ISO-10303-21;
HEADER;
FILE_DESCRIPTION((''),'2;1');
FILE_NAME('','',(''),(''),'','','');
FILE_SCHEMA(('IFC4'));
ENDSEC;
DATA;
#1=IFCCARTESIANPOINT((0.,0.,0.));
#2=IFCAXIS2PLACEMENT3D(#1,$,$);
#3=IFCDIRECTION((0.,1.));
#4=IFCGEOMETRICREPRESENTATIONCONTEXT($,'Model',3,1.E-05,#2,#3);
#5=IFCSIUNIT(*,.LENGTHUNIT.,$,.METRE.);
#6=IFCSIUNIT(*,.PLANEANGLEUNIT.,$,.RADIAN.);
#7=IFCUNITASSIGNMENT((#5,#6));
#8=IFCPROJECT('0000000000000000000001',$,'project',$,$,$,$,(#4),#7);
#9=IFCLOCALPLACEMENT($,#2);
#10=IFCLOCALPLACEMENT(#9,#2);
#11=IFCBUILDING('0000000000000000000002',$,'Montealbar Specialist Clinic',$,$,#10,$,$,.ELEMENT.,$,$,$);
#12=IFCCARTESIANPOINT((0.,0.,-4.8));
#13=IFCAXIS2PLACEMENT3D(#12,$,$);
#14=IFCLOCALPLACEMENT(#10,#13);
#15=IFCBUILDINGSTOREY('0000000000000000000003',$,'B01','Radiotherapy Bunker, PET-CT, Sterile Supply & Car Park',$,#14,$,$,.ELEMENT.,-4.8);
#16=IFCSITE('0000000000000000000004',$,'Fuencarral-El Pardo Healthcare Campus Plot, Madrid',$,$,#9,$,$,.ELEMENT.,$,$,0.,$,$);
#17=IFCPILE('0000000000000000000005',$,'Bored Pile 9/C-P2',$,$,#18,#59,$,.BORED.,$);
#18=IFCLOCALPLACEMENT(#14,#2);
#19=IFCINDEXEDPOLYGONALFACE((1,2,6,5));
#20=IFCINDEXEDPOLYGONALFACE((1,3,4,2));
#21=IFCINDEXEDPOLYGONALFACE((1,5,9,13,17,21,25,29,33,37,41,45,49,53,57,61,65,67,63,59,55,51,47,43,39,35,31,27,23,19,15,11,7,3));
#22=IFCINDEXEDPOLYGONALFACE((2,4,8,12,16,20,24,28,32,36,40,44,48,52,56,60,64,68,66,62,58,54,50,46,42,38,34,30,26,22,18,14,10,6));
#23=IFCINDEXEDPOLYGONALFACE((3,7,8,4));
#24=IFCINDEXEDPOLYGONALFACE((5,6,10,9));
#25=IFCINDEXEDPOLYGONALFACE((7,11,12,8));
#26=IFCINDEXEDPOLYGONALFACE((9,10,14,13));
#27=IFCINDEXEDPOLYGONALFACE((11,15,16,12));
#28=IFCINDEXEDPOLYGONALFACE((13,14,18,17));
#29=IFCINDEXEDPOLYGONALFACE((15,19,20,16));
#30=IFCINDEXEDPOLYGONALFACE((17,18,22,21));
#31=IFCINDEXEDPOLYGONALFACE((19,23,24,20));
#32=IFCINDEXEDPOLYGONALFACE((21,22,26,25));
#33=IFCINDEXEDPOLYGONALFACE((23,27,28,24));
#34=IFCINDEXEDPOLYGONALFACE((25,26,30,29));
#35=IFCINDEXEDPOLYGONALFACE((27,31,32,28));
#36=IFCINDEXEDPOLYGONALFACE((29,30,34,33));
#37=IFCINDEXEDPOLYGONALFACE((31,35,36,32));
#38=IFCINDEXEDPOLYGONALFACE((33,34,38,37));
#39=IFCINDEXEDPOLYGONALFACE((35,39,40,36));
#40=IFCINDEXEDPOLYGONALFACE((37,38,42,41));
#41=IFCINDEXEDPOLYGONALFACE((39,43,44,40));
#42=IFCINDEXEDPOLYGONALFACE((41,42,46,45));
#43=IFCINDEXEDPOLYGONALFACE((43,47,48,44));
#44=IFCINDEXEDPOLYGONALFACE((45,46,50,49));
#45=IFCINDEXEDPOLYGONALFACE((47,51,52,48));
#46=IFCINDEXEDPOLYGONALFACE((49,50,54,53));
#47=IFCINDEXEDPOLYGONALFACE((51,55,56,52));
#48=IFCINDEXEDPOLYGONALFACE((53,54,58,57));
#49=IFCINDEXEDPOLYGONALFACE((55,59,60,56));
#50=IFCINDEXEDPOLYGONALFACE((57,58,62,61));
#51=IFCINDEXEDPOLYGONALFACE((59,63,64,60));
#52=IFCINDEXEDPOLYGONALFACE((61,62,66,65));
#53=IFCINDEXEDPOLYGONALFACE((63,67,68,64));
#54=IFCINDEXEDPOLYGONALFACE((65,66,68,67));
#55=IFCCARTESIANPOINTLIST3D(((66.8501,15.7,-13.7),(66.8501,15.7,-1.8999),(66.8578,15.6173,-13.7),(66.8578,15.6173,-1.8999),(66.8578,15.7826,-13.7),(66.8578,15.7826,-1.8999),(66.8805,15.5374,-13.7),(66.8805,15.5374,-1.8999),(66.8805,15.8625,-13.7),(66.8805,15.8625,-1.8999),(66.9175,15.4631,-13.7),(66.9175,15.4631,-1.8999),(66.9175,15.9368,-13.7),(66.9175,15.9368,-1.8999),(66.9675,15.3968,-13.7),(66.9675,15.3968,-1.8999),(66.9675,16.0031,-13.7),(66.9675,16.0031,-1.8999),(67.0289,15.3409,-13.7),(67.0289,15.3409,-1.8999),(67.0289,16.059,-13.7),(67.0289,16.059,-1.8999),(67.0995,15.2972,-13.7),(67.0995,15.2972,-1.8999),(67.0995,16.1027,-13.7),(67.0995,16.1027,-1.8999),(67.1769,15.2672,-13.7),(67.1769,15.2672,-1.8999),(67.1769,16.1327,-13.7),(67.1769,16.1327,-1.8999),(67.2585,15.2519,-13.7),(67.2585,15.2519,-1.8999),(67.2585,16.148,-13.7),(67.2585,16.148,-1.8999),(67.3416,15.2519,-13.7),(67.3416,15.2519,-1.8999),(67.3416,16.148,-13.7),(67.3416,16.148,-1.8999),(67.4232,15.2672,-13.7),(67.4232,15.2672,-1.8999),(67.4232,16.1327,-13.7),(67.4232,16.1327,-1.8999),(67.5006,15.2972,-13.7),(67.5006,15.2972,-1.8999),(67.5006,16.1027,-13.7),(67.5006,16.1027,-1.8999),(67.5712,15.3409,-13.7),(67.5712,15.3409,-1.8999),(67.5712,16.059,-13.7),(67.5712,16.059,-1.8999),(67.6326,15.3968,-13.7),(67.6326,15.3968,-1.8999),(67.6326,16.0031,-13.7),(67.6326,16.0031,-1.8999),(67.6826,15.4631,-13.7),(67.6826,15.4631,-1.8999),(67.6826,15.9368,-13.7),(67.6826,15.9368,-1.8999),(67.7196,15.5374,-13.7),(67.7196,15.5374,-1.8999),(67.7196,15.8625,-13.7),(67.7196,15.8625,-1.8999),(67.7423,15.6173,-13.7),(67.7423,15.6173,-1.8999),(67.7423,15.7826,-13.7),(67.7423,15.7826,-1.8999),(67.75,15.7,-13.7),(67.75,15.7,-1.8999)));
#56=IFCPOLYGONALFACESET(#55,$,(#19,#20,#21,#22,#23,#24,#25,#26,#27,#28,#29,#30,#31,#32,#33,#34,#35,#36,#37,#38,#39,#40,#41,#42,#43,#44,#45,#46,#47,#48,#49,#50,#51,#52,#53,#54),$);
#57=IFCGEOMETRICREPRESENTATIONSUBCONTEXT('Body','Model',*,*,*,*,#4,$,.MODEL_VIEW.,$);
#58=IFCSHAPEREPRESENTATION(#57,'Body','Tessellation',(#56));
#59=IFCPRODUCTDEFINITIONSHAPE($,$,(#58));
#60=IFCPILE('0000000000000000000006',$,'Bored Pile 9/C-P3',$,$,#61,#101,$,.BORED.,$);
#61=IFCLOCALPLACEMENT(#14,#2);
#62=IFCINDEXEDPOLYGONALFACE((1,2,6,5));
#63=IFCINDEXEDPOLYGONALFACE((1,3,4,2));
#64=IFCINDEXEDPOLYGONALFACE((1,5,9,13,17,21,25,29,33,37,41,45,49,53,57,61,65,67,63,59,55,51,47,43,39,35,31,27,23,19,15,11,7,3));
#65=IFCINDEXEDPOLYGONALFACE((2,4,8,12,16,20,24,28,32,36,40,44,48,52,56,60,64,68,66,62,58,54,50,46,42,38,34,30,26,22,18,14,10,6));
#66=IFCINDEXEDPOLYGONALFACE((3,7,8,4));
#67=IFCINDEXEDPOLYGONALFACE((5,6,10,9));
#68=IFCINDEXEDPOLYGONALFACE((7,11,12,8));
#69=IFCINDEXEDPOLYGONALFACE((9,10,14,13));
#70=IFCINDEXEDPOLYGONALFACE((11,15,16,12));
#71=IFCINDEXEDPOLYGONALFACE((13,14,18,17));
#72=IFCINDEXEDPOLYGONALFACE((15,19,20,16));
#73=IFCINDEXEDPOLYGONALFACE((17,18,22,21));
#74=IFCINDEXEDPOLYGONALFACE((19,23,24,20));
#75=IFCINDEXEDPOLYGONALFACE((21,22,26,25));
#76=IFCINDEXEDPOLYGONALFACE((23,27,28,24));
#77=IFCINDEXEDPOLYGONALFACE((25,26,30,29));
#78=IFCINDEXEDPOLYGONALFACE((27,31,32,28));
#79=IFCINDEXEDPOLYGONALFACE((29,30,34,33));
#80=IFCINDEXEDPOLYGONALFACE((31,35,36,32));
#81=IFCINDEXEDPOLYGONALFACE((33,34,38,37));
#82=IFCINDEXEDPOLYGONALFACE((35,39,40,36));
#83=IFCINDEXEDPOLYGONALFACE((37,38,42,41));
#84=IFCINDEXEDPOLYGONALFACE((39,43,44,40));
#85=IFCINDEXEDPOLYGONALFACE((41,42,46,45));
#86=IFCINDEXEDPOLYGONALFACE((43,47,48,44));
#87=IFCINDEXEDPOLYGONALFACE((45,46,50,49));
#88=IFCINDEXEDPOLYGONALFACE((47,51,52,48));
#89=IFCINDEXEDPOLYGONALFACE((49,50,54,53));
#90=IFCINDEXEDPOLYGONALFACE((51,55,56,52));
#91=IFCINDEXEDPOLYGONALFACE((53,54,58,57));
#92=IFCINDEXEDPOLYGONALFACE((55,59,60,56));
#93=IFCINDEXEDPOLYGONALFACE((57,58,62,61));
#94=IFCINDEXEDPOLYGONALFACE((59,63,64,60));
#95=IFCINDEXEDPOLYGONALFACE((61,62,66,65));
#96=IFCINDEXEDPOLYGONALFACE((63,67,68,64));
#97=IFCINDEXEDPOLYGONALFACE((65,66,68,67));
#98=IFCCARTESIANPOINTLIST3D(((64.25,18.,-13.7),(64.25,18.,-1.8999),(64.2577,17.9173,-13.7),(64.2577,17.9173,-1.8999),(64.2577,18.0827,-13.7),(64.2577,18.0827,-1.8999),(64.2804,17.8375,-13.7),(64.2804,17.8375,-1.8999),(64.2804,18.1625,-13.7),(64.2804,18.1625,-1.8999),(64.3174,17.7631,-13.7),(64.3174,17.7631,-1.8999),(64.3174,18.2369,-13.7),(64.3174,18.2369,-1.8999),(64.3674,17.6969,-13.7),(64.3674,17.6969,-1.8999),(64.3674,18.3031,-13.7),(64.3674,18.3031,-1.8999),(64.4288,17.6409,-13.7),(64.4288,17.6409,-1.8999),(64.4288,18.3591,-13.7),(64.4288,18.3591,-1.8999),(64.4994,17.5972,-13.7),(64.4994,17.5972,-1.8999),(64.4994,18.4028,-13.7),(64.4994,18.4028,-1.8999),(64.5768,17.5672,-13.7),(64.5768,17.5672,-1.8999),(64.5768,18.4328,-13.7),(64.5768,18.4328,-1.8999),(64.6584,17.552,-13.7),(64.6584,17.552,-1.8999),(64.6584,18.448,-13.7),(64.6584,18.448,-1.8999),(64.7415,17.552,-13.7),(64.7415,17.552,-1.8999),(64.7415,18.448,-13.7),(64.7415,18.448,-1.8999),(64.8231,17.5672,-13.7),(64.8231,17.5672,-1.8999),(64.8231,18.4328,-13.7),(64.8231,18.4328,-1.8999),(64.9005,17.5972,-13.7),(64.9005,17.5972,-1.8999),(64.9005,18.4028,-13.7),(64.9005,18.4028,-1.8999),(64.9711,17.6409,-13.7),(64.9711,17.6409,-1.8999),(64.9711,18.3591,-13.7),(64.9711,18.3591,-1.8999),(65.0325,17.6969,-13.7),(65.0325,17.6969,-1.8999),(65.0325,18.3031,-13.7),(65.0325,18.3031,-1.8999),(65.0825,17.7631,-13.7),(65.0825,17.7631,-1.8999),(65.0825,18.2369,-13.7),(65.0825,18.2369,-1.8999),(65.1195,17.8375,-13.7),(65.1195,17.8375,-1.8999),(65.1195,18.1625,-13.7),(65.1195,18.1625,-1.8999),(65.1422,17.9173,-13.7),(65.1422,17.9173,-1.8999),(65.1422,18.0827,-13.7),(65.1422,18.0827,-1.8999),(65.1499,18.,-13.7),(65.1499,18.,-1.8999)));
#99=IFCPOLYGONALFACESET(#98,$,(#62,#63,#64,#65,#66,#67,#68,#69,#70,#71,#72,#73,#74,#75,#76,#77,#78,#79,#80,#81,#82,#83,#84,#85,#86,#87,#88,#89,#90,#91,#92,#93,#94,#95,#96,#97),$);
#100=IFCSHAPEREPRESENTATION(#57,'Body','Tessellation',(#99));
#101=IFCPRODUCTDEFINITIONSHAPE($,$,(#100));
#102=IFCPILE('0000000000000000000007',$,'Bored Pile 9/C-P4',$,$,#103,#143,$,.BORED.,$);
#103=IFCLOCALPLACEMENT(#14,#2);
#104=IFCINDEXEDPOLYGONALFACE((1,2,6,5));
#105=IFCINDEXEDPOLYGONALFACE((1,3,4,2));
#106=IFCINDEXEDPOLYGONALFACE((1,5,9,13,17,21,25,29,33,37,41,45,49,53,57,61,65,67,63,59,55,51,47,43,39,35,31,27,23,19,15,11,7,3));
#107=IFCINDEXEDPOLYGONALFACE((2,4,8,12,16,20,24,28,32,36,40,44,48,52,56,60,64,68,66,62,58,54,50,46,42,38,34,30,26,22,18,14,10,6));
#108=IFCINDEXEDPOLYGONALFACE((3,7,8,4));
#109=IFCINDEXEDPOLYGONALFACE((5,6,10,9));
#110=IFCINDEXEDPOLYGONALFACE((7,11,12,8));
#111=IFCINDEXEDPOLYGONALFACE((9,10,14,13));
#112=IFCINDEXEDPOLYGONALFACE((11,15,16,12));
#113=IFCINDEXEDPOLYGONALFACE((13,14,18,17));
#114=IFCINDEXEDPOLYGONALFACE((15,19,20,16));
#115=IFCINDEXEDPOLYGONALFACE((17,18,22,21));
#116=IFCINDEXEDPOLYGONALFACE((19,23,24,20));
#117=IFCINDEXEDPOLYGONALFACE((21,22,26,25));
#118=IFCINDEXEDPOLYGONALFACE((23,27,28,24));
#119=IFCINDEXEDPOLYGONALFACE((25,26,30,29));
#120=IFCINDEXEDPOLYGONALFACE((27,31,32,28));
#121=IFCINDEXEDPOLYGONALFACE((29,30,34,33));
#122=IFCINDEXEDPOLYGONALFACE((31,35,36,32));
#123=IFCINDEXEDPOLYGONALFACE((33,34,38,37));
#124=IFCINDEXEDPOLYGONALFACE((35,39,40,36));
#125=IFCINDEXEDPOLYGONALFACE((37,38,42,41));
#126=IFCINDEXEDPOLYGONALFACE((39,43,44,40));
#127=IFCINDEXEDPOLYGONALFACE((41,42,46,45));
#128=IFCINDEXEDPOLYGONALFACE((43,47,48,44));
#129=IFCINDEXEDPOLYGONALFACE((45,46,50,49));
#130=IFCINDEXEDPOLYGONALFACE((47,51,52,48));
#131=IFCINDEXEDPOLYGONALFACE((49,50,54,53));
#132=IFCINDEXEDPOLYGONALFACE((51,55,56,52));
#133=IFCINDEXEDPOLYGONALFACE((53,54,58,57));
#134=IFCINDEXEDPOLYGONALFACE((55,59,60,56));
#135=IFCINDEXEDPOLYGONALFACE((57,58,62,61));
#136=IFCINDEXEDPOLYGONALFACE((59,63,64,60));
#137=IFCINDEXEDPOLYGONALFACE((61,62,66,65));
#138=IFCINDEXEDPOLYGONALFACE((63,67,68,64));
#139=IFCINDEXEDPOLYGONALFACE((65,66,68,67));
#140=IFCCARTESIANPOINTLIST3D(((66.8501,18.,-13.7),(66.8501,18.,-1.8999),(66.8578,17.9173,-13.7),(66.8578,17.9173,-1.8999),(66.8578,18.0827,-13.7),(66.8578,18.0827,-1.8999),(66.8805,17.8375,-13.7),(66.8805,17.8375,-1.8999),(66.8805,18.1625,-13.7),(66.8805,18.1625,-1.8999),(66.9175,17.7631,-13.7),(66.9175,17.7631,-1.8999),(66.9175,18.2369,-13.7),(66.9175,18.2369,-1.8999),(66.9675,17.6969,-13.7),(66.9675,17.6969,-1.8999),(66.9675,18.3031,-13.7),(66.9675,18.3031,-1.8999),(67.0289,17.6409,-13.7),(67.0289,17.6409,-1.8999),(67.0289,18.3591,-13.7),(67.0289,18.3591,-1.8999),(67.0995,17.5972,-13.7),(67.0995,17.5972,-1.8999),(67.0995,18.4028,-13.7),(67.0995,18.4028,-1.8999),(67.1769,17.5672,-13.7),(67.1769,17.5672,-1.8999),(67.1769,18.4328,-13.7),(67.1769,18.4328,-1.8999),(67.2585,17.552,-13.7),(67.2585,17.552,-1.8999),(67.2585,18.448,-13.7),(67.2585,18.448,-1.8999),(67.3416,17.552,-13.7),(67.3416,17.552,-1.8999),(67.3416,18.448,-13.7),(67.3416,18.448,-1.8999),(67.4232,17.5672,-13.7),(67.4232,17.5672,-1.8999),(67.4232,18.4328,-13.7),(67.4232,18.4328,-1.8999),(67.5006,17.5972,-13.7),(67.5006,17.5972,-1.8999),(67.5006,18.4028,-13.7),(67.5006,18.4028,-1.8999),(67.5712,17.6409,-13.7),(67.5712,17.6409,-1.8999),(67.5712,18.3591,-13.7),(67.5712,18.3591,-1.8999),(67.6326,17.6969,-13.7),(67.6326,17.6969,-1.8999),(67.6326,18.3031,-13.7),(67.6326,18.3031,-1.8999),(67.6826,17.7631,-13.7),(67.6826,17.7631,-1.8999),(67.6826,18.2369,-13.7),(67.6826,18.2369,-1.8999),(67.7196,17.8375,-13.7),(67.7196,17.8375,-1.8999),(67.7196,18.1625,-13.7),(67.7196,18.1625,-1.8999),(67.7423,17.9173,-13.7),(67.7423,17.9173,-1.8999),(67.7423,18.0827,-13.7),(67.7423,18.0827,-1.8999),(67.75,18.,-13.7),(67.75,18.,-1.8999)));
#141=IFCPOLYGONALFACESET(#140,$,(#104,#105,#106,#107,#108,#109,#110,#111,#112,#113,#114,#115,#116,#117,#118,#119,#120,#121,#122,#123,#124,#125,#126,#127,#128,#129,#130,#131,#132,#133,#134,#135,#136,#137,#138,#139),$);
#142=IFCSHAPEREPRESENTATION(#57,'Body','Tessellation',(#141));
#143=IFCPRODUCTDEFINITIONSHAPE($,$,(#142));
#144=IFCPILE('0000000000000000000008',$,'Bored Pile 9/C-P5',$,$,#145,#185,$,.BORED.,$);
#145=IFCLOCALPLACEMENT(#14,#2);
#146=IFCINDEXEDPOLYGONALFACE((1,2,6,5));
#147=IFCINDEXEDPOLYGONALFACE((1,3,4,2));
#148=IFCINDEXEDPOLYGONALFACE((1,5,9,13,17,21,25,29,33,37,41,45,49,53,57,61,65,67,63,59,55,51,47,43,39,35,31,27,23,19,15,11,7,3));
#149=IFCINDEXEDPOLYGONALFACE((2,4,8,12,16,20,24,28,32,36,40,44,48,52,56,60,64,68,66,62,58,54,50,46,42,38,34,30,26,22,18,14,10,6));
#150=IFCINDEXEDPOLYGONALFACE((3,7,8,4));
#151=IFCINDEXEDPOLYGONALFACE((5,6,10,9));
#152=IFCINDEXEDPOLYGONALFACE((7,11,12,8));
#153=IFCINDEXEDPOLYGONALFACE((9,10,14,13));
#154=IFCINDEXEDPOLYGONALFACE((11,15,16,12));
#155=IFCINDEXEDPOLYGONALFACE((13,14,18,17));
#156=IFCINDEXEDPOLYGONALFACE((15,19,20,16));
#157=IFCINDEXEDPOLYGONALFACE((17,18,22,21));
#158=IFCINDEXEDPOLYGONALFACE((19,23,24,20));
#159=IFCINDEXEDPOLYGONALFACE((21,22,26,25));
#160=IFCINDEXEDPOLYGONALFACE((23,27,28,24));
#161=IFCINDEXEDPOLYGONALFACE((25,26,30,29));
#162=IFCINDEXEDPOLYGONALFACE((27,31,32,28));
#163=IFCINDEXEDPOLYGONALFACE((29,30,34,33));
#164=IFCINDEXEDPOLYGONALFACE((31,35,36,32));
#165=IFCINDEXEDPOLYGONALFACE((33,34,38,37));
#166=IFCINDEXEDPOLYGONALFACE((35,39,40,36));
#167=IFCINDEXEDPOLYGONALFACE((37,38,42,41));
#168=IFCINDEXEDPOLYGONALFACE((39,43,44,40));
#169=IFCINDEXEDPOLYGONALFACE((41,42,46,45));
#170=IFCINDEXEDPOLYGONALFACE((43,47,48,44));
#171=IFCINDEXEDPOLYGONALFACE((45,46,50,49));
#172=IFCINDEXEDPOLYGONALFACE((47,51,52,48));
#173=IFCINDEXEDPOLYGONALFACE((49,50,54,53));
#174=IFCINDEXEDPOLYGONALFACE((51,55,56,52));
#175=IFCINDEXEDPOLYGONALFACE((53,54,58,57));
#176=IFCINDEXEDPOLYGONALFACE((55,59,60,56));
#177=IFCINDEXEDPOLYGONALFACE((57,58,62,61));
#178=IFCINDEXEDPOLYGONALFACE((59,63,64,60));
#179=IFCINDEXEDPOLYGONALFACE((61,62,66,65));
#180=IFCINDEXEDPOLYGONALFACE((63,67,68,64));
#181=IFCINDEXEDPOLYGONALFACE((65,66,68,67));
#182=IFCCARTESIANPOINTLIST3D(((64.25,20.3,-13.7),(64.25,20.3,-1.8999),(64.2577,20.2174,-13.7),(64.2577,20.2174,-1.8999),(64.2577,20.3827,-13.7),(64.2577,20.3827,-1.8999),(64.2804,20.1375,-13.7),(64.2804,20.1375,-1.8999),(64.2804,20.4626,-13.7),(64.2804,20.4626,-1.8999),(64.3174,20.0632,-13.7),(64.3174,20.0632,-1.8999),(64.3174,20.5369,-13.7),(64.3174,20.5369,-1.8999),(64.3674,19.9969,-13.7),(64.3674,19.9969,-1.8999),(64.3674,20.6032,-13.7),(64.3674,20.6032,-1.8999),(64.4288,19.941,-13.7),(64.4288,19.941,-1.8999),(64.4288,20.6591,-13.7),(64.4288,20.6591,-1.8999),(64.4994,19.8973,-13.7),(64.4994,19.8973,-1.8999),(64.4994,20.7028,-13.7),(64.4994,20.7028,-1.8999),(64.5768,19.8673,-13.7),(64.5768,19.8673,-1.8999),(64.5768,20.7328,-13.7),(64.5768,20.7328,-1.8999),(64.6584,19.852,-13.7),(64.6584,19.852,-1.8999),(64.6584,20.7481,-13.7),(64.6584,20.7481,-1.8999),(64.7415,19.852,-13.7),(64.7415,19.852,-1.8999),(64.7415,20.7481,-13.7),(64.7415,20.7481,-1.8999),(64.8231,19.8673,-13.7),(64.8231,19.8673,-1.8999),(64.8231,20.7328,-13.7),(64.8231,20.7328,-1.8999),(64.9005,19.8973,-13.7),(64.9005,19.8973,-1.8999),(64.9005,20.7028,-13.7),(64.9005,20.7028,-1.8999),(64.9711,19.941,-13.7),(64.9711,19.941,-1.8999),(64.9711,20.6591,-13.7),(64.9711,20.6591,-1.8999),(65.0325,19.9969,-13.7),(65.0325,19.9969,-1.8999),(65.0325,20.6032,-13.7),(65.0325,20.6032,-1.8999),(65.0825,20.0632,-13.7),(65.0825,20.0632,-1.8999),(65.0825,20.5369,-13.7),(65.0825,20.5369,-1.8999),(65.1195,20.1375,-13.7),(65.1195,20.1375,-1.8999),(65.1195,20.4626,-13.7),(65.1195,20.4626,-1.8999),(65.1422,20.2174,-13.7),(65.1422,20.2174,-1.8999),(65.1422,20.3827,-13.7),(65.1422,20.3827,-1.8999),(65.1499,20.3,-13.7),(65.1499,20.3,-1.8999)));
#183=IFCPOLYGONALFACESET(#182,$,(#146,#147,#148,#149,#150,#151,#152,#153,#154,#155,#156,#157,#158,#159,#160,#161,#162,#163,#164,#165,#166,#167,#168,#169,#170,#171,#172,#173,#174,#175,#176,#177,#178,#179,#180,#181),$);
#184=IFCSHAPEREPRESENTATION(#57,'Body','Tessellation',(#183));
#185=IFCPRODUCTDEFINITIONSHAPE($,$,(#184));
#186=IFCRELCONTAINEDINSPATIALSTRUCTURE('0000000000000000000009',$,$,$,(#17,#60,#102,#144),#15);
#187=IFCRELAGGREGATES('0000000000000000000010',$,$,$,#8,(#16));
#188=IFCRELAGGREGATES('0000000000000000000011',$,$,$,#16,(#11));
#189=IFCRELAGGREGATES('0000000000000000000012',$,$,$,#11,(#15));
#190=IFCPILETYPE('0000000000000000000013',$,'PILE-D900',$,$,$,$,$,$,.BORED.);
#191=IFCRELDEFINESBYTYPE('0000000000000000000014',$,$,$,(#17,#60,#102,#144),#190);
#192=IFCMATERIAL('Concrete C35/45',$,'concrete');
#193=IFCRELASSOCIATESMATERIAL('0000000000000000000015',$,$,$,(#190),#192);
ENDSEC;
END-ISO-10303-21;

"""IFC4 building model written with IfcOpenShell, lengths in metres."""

from ifc_helpers import new_model, si_unit, direction, frame, origin, origin_2d, place, context, subcontext, project, spatial, circle, extrude, material, material_profile, profile_set, type_object, element, save


model = new_model("IFC4")

# Units and contexts
model_context = context("Model", 3, precision=1e-05, world=origin(), true_north=direction((0.0, 1.0)))
body_context = subcontext(model_context, "Body", "Model", "MODEL_VIEW")
ifc_project = project(units=[si_unit("LENGTHUNIT", "METRE"), si_unit("PLANEANGLEUNIT", "RADIAN")], contexts=[model_context])

# Site, building, storey
site_placement = place(None, origin())
site = spatial("IfcSite", under=ifc_project, at=site_placement, Name="Fuencarral-El Pardo Healthcare Campus Plot, Madrid", CompositionType="ELEMENT", RefElevation=0.0)
building_placement = place(site_placement, origin())
building = spatial("IfcBuilding", under=site, at=building_placement, Name="Montealbar Specialist Clinic", CompositionType="ELEMENT")
storey_placement = place(building_placement, frame((0.0, 0.0, -4.8)))
storey = spatial("IfcBuildingStorey", under=building, at=storey_placement, Name="B01", Description="Radiotherapy Bunker, PET-CT, Sterile Supply & Car Park", CompositionType="ELEMENT", Elevation=-4.8)

# Shared definitions
ifc_material_1 = material(Name="Concrete C35/45", Category="concrete")

# Piles
ifc_material_profile_1 = material_profile(ifc_material_1, circle(Radius=0.45, at=origin_2d()), Name="PILE D900", Category="concrete")
ifc_profile_set_1 = profile_set([ifc_material_profile_1], Name="Concrete C35/45")
pile_type_1 = type_object("IfcPileType", Name="PILE-D900", PredefinedType="BORED", material=ifc_profile_set_1)
for number, where, z_axis, x_axis, name in (
    (1, (67.3, 15.7, -1.8999), (0.0, 0.0, -1.0), (1.0, 0.0, 0.0), "Bored Pile 9/C-P2"),
    (2, (64.7, 18.0, -1.8999), (0.0, 0.0, -1.0), (1.0, 0.0, 0.0), "Bored Pile 9/C-P3"),
    (3, (67.3, 18.0, -1.8999), (0.0, 0.0, -1.0), (1.0, 0.0, 0.0), "Bored Pile 9/C-P4"),
    (4, (64.7, 20.3, -1.8999), (0.0, 0.0, -1.0), (1.0, 0.0, 0.0), "Bored Pile 9/C-P5"),
):
    element("IfcPile", number, at=place(storey_placement, frame(where, z_axis=z_axis, x_axis=x_axis)), inside=storey, type_object=pile_type_1, Name=name, PredefinedType="BORED", context=body_context, shape_type="SweptSolid", body=[
        extrude(circle(Radius=0.45, at=origin_2d()), origin(), (0.0, 0.0, 1.0), 11.8),
    ])

save(model, "model.ifc")
